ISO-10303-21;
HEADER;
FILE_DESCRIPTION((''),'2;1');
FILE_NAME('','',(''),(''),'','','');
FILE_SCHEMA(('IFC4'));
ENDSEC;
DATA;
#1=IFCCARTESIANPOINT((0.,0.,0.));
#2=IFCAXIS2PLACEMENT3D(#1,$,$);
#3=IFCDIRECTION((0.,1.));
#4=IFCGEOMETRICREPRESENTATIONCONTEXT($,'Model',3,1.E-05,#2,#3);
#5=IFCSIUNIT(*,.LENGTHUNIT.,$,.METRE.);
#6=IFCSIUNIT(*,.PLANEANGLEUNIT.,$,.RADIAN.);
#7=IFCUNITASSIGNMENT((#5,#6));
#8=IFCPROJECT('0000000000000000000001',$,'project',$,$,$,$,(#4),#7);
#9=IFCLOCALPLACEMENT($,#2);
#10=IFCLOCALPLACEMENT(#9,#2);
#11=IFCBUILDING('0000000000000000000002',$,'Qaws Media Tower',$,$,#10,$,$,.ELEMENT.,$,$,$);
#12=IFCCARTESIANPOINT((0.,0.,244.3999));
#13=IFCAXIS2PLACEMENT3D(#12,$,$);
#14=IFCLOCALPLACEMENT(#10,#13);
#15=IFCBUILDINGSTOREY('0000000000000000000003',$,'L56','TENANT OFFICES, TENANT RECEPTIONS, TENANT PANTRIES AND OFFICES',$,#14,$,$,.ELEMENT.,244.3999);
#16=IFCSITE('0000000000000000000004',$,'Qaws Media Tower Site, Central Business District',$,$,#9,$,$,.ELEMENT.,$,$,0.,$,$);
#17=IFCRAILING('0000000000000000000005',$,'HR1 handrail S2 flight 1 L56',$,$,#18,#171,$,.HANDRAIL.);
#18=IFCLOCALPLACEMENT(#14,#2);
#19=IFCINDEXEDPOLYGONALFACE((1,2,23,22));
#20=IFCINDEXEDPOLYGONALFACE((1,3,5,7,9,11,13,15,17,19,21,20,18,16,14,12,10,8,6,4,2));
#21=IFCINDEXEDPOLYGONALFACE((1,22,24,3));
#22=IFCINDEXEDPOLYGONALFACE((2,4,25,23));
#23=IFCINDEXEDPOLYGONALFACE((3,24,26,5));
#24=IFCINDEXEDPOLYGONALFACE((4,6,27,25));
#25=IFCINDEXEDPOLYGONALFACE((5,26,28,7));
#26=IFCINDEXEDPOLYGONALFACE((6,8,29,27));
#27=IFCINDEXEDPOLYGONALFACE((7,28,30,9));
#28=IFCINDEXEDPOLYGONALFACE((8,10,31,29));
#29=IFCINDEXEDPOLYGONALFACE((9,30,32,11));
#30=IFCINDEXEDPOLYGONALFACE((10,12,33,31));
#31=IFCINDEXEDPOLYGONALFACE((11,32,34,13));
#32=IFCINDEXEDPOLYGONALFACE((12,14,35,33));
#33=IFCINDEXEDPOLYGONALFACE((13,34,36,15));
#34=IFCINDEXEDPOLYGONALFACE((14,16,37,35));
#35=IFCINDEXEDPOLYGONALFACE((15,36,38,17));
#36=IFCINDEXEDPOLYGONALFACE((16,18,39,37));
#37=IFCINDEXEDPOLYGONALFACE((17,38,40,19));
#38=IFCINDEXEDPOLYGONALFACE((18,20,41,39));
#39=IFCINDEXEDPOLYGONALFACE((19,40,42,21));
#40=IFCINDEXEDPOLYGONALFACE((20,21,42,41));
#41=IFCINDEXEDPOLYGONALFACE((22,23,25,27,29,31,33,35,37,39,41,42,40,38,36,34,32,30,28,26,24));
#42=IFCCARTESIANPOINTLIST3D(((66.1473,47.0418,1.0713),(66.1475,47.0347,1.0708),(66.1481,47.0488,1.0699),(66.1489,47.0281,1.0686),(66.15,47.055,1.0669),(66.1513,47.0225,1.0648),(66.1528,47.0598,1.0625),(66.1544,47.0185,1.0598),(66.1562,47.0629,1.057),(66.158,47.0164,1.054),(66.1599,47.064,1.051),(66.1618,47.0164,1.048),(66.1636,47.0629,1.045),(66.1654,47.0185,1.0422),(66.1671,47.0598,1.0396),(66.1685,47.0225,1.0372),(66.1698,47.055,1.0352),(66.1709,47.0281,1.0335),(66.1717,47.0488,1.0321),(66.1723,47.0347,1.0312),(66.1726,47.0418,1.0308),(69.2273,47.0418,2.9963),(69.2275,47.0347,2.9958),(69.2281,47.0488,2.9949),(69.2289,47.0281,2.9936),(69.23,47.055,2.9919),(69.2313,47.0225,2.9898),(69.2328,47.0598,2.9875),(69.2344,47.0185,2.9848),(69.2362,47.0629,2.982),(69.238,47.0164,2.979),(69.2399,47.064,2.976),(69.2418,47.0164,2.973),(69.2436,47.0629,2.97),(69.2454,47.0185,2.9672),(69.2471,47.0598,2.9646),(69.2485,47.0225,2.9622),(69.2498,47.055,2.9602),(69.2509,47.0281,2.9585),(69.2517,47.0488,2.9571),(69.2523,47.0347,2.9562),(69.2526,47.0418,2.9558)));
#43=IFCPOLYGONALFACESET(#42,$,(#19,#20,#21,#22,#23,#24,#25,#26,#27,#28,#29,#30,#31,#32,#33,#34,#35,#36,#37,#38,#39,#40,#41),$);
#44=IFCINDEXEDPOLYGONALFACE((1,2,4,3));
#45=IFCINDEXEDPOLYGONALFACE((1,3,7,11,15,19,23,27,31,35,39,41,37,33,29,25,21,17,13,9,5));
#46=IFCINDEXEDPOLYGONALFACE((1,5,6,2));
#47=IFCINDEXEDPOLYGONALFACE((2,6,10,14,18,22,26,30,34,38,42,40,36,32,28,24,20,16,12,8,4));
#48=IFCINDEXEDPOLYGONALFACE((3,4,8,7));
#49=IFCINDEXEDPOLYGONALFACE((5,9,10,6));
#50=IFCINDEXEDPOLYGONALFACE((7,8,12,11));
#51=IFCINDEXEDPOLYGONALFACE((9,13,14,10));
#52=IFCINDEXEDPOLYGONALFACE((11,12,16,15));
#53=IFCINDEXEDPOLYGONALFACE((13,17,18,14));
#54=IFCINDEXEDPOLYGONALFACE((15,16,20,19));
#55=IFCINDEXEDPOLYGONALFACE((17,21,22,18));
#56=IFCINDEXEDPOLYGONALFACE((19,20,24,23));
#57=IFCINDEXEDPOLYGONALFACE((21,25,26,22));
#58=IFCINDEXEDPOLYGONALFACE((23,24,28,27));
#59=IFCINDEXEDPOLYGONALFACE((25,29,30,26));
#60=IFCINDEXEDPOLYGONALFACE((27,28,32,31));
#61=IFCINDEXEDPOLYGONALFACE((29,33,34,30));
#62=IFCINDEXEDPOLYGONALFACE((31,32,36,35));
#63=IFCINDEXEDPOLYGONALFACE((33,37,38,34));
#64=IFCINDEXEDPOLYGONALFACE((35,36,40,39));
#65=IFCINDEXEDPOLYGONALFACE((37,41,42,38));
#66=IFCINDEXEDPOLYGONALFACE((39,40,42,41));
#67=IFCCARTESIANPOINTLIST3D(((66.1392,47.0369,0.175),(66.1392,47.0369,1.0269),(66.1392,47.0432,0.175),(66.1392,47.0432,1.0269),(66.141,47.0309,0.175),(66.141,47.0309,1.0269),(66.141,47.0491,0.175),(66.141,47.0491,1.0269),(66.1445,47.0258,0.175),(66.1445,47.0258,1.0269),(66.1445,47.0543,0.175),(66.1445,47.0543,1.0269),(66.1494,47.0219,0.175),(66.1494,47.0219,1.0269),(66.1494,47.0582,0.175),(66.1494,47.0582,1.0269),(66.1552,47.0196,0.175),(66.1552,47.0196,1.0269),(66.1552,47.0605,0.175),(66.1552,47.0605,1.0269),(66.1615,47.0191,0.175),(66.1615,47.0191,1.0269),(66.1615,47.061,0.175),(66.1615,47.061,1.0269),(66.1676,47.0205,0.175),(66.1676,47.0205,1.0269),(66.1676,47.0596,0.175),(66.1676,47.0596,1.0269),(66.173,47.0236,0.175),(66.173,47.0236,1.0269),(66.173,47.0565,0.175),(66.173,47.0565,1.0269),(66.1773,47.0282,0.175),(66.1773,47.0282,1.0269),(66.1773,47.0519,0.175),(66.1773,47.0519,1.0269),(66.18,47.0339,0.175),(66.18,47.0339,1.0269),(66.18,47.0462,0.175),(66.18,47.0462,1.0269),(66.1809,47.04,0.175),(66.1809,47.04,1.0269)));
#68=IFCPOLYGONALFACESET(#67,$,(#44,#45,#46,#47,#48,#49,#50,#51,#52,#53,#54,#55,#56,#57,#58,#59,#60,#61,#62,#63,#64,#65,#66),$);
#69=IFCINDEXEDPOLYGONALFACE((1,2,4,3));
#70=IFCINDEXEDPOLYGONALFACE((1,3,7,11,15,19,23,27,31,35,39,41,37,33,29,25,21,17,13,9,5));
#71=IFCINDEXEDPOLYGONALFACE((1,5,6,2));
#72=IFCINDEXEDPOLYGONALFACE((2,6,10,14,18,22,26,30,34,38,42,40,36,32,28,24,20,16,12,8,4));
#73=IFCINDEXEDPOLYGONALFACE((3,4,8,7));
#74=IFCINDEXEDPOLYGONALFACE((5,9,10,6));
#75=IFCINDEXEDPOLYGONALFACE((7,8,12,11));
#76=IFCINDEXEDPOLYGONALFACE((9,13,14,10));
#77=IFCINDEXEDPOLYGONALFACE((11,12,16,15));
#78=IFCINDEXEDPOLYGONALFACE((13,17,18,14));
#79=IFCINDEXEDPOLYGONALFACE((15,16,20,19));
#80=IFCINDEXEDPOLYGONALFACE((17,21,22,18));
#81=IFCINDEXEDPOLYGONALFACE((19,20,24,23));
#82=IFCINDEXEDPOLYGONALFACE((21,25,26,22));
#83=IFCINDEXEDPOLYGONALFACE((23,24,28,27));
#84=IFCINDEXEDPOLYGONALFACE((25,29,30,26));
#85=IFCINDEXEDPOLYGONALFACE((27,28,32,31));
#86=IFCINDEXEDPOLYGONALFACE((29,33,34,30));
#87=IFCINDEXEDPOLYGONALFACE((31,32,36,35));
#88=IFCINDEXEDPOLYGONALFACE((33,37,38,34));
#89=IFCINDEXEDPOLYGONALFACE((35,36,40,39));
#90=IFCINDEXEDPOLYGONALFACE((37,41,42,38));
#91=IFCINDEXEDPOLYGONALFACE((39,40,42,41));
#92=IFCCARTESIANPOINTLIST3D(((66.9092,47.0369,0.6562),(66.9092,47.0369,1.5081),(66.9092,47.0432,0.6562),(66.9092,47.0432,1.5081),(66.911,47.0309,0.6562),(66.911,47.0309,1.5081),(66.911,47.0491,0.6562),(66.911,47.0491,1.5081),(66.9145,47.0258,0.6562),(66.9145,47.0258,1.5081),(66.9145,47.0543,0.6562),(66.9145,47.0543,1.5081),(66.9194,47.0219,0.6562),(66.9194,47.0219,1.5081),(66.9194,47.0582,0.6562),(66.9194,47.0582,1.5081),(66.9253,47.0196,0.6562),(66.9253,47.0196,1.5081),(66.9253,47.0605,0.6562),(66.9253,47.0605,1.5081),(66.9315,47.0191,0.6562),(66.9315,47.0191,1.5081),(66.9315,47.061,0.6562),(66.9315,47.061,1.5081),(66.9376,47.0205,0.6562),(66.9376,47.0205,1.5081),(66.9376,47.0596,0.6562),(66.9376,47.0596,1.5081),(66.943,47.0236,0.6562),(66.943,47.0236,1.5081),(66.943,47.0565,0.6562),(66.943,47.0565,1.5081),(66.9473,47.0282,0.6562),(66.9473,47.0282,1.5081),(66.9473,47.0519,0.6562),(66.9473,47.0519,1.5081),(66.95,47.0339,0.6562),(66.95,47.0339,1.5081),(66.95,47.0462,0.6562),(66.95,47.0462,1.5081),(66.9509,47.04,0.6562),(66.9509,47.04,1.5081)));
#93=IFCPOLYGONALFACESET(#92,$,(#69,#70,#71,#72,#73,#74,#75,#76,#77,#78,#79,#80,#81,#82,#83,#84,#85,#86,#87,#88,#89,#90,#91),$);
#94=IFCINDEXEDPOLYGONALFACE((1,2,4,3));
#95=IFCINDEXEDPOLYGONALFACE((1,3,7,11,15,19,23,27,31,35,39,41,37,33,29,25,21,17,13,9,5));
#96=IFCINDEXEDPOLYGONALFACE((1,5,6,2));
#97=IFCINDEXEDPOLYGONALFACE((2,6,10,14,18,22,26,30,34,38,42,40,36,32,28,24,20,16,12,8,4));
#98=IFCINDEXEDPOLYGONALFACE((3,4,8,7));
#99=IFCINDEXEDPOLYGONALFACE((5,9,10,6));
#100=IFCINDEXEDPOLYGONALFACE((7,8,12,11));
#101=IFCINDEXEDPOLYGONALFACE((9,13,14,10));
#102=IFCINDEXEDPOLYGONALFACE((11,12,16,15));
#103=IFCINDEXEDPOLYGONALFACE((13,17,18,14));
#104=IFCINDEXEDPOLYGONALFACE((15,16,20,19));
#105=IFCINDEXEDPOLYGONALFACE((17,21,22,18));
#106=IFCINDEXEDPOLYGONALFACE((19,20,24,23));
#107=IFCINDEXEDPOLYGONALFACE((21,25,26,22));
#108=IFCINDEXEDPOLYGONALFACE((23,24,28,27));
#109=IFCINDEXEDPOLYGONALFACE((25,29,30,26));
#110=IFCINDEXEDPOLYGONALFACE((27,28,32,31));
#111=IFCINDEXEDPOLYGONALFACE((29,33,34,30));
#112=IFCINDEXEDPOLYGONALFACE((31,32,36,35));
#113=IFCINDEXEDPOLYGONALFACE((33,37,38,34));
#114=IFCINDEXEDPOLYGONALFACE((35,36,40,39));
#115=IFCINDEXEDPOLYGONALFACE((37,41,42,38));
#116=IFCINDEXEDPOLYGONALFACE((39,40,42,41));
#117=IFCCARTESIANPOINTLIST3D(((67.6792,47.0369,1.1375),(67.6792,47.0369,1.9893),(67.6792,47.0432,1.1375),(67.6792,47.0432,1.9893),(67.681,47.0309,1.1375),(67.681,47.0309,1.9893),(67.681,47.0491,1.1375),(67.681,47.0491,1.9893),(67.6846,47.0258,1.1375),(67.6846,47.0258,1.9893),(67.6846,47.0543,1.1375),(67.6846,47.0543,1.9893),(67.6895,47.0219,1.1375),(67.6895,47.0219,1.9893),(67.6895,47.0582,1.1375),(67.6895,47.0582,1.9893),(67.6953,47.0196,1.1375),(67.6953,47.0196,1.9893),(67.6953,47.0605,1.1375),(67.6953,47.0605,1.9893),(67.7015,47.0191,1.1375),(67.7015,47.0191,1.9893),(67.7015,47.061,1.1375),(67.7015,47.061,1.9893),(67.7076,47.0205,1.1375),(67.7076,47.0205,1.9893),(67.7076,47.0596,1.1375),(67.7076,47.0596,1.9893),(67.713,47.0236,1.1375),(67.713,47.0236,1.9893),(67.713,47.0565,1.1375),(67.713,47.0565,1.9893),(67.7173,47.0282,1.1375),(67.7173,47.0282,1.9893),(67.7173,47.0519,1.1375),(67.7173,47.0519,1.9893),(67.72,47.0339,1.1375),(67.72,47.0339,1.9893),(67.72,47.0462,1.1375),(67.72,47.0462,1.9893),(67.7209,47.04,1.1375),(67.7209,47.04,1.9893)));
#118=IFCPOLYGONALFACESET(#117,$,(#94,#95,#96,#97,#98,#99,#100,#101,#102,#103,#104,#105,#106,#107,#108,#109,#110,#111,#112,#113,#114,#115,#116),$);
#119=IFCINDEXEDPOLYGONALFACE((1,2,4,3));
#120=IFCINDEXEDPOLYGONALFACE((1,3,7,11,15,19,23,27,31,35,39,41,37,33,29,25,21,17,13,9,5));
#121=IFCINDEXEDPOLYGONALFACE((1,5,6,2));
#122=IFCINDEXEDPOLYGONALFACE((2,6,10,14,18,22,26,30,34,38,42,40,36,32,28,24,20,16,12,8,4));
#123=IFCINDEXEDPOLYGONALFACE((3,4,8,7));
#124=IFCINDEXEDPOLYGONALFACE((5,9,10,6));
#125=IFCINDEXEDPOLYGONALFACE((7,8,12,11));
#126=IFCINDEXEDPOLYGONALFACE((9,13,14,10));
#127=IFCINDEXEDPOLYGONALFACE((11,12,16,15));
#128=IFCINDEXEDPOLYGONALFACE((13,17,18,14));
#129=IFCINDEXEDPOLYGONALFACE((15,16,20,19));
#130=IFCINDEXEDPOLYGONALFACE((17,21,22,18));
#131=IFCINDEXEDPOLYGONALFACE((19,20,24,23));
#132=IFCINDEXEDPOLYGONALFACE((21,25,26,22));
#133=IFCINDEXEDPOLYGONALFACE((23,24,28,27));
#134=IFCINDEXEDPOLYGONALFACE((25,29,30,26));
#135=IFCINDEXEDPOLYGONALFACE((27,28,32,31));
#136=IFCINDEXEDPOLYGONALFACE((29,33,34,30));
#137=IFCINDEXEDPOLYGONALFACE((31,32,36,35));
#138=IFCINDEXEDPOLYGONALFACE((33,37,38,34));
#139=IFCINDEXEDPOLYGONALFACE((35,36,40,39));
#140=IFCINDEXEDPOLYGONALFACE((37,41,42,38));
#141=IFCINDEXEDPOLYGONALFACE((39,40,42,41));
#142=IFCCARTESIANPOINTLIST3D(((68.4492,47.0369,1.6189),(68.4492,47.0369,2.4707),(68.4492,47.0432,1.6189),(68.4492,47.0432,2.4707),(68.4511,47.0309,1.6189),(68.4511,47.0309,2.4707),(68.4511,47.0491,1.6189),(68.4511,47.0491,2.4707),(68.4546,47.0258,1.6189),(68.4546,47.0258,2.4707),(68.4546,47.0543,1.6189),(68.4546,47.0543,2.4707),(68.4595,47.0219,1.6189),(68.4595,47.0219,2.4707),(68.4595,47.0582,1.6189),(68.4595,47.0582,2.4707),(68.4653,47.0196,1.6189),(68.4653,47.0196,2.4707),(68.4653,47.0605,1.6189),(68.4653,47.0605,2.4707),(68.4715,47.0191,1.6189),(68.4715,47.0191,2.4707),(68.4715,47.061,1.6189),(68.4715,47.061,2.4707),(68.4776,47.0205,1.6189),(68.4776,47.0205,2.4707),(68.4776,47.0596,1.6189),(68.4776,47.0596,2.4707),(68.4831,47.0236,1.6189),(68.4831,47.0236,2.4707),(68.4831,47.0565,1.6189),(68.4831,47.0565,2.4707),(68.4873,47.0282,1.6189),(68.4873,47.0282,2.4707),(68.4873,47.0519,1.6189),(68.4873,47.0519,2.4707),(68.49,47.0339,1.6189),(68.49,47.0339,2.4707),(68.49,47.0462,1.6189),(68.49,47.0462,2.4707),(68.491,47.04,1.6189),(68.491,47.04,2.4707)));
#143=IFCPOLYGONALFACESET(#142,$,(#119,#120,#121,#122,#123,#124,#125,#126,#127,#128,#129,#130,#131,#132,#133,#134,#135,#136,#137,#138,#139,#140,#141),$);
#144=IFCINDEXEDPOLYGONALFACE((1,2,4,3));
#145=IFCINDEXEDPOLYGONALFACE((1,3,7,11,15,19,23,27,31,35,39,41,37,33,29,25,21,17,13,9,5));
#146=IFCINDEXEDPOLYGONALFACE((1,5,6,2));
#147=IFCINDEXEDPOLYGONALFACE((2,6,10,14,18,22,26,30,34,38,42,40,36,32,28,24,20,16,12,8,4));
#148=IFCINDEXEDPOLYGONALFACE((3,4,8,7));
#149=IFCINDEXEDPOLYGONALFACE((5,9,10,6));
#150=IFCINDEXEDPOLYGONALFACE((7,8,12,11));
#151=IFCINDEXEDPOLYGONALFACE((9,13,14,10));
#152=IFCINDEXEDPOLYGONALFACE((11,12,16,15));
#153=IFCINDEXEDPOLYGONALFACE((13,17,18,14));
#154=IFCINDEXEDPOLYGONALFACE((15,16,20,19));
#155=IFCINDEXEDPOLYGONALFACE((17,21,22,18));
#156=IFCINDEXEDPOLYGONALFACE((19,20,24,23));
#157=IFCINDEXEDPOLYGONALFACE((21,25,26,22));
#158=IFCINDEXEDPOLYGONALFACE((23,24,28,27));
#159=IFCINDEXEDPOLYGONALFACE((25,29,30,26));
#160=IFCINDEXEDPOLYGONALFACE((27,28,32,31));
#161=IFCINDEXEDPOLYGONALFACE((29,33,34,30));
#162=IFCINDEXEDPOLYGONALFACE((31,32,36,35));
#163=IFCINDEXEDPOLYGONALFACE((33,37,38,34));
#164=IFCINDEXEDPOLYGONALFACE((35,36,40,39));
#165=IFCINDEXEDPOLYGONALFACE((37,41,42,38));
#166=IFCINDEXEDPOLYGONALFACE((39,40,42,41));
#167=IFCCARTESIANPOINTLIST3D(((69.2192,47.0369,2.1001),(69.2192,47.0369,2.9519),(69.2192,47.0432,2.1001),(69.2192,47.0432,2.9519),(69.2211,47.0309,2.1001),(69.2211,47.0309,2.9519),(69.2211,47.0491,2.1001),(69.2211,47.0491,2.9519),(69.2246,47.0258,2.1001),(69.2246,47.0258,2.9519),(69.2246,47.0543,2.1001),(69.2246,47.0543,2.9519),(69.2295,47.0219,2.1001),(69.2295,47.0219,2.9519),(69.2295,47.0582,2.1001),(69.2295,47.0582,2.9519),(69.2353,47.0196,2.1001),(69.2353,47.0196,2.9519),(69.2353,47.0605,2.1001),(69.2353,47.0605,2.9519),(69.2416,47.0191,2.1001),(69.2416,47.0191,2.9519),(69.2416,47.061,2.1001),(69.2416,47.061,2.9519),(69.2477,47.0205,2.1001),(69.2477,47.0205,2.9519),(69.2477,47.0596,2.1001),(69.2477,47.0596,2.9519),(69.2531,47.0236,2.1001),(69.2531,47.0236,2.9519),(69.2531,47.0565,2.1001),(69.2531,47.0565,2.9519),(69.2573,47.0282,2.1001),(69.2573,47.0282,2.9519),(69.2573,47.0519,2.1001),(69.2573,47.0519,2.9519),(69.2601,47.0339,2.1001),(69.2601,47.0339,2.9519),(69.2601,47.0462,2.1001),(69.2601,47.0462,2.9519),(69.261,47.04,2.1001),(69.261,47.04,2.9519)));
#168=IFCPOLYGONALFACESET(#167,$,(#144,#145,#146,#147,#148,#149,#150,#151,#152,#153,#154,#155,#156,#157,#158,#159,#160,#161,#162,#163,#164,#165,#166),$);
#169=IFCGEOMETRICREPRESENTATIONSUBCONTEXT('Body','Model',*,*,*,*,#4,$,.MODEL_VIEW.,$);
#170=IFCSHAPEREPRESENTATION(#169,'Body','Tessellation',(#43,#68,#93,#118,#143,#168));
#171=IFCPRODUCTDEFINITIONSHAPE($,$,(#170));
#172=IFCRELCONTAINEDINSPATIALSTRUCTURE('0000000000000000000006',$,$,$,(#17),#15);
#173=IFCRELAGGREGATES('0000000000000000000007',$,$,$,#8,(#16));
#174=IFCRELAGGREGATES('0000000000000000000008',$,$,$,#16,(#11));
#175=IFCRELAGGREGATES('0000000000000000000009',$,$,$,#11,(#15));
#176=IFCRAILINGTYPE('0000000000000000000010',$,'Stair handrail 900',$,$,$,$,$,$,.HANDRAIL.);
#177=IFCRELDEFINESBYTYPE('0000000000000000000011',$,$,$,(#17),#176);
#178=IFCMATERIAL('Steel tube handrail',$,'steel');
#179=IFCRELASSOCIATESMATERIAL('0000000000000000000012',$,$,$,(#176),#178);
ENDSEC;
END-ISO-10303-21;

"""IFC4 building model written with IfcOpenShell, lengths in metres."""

from ifc_helpers import new_model, si_unit, direction, frame, origin, origin_2d, place, context, subcontext, project, spatial, circle, extrude, material, type_object, element, save


model = new_model("IFC4")

# Units and contexts
model_context = context("Model", 3, precision=1e-05, world=origin(), true_north=direction((0.0, 1.0)))
body_context = subcontext(model_context, "Body", "Model", "MODEL_VIEW")
ifc_project = project(units=[si_unit("LENGTHUNIT", "METRE"), si_unit("PLANEANGLEUNIT", "RADIAN")], contexts=[model_context])

# Site, building, storey
site_placement = place(None, origin())
site = spatial("IfcSite", under=ifc_project, at=site_placement, Name="Qaws Media Tower Site, Central Business District", CompositionType="ELEMENT", RefElevation=0.0)
building_placement = place(site_placement, origin())
building = spatial("IfcBuilding", under=site, at=building_placement, Name="Qaws Media Tower", CompositionType="ELEMENT")
storey_placement = place(building_placement, frame((0.0, 0.0, 244.3999)))
storey = spatial("IfcBuildingStorey", under=building, at=storey_placement, Name="L56", Description="TENANT OFFICES, TENANT RECEPTIONS, TENANT PANTRIES AND OFFICES", CompositionType="ELEMENT", Elevation=244.3999)

# Railing
ifc_material_1 = material(Name="Steel tube handrail", Category="steel")
railing_type = type_object("IfcRailingType", Name="Stair handrail 900", PredefinedType="HANDRAIL", material=ifc_material_1)
for number, where, name in (
    (1, (66.1599, 47.04, 0.175), "HR1 handrail S2 flight 1 L56"),
):
    element("IfcRailing", number, at=place(storey_placement, frame(where)), inside=storey, type_object=railing_type, Name=name, PredefinedType="HANDRAIL", context=body_context, shape_type="SweptSolid", body=[
        extrude(circle(Radius=0.0239, at=origin_2d()), frame((0.0, 0.0, 0.876), z_axis=(0.847998, 0.0, 0.529999), x_axis=(0.0, 1.0, 0.0)), (0.0, 0.0, 1.0), 3.6321),
        extrude(circle(Radius=0.021, at=origin_2d()), origin(), (0.0, 0.0, 1.0), 0.8518),
        extrude(circle(Radius=0.021, at=origin_2d()), frame((0.77, 0.0, 0.4812)), (0.0, 0.0, 1.0), 0.8518),
        extrude(circle(Radius=0.021, at=origin_2d()), frame((1.54, 0.0, 0.9624)), (0.0, 0.0, 1.0), 0.8518),
        extrude(circle(Radius=0.021, at=origin_2d()), frame((2.3101, 0.0, 1.4438)), (0.0, 0.0, 1.0), 0.8518),
        extrude(circle(Radius=0.021, at=origin_2d()), frame((3.0801, 0.0, 1.925)), (0.0, 0.0, 1.0), 0.8518),
    ])

save(model, "model.ifc")
